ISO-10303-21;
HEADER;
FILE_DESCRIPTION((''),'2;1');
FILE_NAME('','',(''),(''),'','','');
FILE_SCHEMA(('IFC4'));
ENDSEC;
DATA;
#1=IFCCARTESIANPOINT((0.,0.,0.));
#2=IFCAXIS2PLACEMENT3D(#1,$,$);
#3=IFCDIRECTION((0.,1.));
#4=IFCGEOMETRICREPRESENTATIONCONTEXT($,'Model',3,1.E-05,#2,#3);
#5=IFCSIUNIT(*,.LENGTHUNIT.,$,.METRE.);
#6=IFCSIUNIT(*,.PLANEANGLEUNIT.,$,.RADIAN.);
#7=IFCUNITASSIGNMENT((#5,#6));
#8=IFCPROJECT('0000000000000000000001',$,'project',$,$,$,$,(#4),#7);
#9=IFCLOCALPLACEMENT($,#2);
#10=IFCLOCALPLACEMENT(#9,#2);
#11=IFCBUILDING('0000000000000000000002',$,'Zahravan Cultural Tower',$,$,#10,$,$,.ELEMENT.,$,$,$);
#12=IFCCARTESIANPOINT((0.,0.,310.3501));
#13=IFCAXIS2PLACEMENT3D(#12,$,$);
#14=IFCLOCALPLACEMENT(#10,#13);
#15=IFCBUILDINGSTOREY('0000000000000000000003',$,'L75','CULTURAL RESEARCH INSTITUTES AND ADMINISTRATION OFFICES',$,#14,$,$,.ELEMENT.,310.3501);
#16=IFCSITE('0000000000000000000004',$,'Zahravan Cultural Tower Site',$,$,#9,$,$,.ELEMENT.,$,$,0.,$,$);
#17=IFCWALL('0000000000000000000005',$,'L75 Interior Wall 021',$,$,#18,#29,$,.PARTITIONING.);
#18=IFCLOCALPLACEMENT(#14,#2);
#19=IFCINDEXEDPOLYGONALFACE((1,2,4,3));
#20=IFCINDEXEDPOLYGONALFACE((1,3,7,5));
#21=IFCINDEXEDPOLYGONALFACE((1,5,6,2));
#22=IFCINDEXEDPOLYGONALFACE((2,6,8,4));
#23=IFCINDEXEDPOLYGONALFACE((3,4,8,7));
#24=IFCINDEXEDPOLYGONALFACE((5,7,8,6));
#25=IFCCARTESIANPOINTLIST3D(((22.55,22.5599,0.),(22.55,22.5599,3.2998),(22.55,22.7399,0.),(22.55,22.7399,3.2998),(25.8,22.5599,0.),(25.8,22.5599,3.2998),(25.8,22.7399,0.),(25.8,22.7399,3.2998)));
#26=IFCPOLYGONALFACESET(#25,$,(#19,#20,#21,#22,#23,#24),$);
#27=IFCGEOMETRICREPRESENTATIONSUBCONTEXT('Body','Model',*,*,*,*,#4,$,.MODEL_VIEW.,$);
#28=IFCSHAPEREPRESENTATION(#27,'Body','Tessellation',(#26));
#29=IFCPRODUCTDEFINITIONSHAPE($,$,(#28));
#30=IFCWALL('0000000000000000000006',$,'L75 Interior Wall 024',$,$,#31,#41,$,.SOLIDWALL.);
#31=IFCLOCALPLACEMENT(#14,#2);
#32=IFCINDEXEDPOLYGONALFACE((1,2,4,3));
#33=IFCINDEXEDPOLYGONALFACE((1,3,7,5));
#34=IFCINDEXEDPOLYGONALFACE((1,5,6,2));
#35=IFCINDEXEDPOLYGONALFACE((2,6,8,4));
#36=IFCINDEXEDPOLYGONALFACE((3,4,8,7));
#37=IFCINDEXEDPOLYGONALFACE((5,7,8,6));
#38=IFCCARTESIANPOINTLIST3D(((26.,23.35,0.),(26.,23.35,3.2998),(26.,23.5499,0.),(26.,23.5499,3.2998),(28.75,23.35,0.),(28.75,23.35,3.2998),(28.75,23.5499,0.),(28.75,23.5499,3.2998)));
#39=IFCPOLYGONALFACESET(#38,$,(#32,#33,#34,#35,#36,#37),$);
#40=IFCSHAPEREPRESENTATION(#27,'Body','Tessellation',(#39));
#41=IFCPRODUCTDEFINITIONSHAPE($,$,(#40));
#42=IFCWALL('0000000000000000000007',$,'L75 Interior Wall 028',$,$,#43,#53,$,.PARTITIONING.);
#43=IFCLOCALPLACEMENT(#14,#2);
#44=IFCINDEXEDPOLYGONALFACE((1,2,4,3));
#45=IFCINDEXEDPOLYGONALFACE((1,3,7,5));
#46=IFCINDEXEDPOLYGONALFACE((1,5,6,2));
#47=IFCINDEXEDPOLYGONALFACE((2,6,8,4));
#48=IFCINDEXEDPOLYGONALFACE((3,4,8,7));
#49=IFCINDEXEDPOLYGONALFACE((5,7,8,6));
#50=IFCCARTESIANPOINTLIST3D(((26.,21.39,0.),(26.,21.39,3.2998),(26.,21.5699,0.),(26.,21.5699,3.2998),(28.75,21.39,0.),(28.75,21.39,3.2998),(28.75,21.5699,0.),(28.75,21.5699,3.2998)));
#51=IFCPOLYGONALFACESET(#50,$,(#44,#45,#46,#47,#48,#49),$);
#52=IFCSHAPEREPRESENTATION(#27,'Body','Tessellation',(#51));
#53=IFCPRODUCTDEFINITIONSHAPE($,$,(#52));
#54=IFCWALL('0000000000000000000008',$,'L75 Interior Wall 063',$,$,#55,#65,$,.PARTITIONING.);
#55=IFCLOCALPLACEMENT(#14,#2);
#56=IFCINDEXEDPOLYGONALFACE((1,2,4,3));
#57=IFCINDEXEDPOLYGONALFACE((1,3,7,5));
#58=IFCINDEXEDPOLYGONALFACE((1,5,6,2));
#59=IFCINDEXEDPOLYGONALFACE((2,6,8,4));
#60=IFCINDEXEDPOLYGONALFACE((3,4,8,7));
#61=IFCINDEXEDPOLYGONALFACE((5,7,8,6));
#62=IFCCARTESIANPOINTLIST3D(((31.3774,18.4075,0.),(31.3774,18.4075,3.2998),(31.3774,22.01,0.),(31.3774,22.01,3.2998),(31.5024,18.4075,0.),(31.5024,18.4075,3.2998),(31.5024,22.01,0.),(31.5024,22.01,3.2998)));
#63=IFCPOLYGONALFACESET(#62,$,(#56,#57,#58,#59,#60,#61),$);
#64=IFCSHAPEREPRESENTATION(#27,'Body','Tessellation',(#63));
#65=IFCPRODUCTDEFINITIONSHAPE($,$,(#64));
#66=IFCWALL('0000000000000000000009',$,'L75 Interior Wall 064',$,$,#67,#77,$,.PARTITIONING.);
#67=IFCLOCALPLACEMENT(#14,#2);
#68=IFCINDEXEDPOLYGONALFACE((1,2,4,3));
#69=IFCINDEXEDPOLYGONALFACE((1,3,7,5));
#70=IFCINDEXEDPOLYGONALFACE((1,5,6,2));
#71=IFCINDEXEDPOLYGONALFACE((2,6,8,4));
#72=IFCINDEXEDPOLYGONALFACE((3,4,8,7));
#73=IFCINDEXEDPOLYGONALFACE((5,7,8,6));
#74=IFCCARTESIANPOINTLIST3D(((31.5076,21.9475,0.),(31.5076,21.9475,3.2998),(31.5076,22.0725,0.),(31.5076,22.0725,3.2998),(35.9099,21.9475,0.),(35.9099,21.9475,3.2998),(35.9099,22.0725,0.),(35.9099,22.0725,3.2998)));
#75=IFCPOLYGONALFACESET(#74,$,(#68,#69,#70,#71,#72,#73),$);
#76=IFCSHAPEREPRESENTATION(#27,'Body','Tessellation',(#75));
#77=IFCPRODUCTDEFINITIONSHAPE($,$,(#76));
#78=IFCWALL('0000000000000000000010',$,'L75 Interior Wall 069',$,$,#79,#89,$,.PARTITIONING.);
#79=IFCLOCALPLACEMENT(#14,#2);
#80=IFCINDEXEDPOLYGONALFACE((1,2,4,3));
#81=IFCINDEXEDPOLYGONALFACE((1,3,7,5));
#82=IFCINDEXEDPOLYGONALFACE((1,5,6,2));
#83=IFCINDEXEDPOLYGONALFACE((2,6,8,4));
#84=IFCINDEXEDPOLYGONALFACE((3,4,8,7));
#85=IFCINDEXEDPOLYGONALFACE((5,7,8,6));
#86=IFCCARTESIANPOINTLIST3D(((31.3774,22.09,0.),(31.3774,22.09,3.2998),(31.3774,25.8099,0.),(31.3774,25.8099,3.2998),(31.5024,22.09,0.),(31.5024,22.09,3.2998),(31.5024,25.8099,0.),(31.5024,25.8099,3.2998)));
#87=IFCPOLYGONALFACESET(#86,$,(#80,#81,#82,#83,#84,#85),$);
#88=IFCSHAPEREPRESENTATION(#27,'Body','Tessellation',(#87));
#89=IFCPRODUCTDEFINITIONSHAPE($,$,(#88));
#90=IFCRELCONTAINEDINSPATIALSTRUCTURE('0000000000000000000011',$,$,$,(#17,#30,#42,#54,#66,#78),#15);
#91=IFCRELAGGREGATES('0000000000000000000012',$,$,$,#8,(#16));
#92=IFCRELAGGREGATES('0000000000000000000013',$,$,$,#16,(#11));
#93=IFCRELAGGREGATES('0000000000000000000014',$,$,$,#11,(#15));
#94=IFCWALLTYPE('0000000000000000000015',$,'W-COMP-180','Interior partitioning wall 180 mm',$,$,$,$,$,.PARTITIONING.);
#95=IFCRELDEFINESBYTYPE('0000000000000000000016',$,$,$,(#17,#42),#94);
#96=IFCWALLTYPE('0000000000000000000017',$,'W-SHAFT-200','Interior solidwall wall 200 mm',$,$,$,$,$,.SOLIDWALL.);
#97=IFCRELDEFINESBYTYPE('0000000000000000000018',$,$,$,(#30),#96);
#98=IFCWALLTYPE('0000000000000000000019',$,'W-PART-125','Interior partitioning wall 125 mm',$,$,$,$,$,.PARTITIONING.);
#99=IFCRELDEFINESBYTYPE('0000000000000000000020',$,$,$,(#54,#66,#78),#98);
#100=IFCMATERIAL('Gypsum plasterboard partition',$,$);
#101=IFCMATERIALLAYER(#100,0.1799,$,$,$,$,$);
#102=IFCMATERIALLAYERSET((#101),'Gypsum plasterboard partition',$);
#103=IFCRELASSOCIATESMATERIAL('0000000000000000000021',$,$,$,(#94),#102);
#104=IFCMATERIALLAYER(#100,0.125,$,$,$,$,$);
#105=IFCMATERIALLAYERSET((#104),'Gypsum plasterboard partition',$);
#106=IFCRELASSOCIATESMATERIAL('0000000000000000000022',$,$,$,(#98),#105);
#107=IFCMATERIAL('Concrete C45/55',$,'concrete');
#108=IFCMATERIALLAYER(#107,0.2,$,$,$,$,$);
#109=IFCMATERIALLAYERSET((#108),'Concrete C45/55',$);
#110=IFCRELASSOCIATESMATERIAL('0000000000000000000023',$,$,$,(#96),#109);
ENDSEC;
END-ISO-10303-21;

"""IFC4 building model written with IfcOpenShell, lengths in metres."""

from ifc_helpers import new_model, si_unit, direction, frame, frame_2d, origin, place, context, subcontext, project, spatial, rectangle, extrude, source, transform, mapped, material, layer, layer_set, type_object, element, save


model = new_model("IFC4")

# Units and contexts
model_context = context("Model", 3, precision=1e-05, world=origin(), true_north=direction((0.0, 1.0)))
body_context = subcontext(model_context, "Body", "Model", "MODEL_VIEW")
ifc_project = project(units=[si_unit("LENGTHUNIT", "METRE"), si_unit("PLANEANGLEUNIT", "RADIAN")], contexts=[model_context])

# Site, building, storey
site_placement = place(None, origin())
site = spatial("IfcSite", under=ifc_project, at=site_placement, Name="Zahravan Cultural Tower Site", CompositionType="ELEMENT", RefElevation=0.0)
building_placement = place(site_placement, origin())
building = spatial("IfcBuilding", under=site, at=building_placement, Name="Zahravan Cultural Tower", CompositionType="ELEMENT")
storey_placement = place(building_placement, frame((0.0, 0.0, 310.3501)))
storey = spatial("IfcBuildingStorey", under=building, at=storey_placement, Name="L75", Description="CULTURAL RESEARCH INSTITUTES AND ADMINISTRATION OFFICES", CompositionType="ELEMENT", Elevation=310.3501)

# Shared definitions
ifc_material_1 = material(Name="Gypsum plasterboard partition")
ifc_layer_1 = layer(ifc_material_1, 0.1799)
ifc_layer_set_1 = layer_set([ifc_layer_1], Name="Gypsum plasterboard partition")
wall_type_1 = type_object("IfcWallType", Name="W-COMP-180", Description="Interior partitioning wall 180 mm", PredefinedType="PARTITIONING", material=ifc_layer_set_1)
ifc_layer_2 = layer(ifc_material_1, 0.125)
ifc_layer_set_2 = layer_set([ifc_layer_2], Name="Gypsum plasterboard partition")
wall_type_2 = type_object("IfcWallType", Name="W-PART-125", Description="Interior partitioning wall 125 mm", PredefinedType="PARTITIONING", material=ifc_layer_set_2)

# Shared definitions
ifc_material_2 = material(Name="Concrete C45/55", Category="concrete")
ifc_layer_3 = layer(ifc_material_2, 0.2)
ifc_layer_set_3 = layer_set([ifc_layer_3], Name="Concrete C45/55")
wall_type_3 = type_object("IfcWallType", Name="W-SHAFT-200", Description="Interior solidwall wall 200 mm", PredefinedType="SOLIDWALL", material=ifc_layer_set_3)

# Walls
shared_shape_1 = source(origin(), body_context, "Body", "SweptSolid", [
    extrude(rectangle(XDim=3.25, YDim=0.1799, at=frame_2d((1.625, 0.0))), origin(), (0.0, 0.0, 1.0), 3.2998),
])
wall_1_placement = place(storey_placement, frame((22.55, 22.6499, 0.0), z_axis=(0.0, 0.0, 1.0), x_axis=(1.0, 0.0, 0.0)))
element("IfcWall", 1, at=wall_1_placement, inside=storey, type_object=wall_type_1, Name="L75 Interior Wall 021", PredefinedType="PARTITIONING", context=body_context, shape_type="MappedRepresentation", body=[
    mapped(shared_shape_1, transform((0.0, 0.0, 0.0), x_axis=(1.0, 0.0, 0.0), y_axis=(0.0, 1.0, 0.0), z_axis=(0.0, 0.0, 1.0), scale=1.0)),
])
shared_shape_2 = source(origin(), body_context, "Body", "SweptSolid", [
    extrude(rectangle(XDim=2.75, YDim=0.2, at=frame_2d((1.375, 0.0))), origin(), (0.0, 0.0, 1.0), 3.2998),
])
wall_2_placement = place(storey_placement, frame((26.0, 23.45, 0.0), z_axis=(0.0, 0.0, 1.0), x_axis=(1.0, 0.0, 0.0)))
element("IfcWall", 2, at=wall_2_placement, inside=storey, type_object=wall_type_3, Name="L75 Interior Wall 024", PredefinedType="SOLIDWALL", context=body_context, shape_type="MappedRepresentation", body=[
    mapped(shared_shape_2, transform((0.0, 0.0, 0.0), x_axis=(1.0, 0.0, 0.0), y_axis=(0.0, 1.0, 0.0), z_axis=(0.0, 0.0, 1.0), scale=1.0)),
])
shared_shape_3 = source(origin(), body_context, "Body", "SweptSolid", [
    extrude(rectangle(XDim=2.75, YDim=0.1799, at=frame_2d((1.375, 0.0))), origin(), (0.0, 0.0, 1.0), 3.2998),
])
wall_3_placement = place(storey_placement, frame((26.0, 21.48, 0.0), z_axis=(0.0, 0.0, 1.0), x_axis=(1.0, 0.0, 0.0)))
element("IfcWall", 3, at=wall_3_placement, inside=storey, type_object=wall_type_1, Name="L75 Interior Wall 028", PredefinedType="PARTITIONING", context=body_context, shape_type="MappedRepresentation", body=[
    mapped(shared_shape_3, transform((0.0, 0.0, 0.0), x_axis=(1.0, 0.0, 0.0), y_axis=(0.0, 1.0, 0.0), z_axis=(0.0, 0.0, 1.0), scale=1.0)),
])
shared_shape_4 = source(origin(), body_context, "Body", "SweptSolid", [
    extrude(rectangle(XDim=3.6025, YDim=0.125, at=frame_2d((1.8013, 0.0))), origin(), (0.0, 0.0, 1.0), 3.2998),
])
wall_4_placement = place(storey_placement, frame((31.4399, 18.4075, 0.0), z_axis=(0.0, 0.0, 1.0), x_axis=(0.0, 1.0, 0.0)))
element("IfcWall", 4, at=wall_4_placement, inside=storey, type_object=wall_type_2, Name="L75 Interior Wall 063", PredefinedType="PARTITIONING", context=body_context, shape_type="MappedRepresentation", body=[
    mapped(shared_shape_4, transform((0.0, 0.0, 0.0), x_axis=(1.0, 0.0, 0.0), y_axis=(0.0, 1.0, 0.0), z_axis=(0.0, 0.0, 1.0), scale=1.0)),
])
shared_shape_5 = source(origin(), body_context, "Body", "SweptSolid", [
    extrude(rectangle(XDim=4.4023, YDim=0.125, at=frame_2d((2.2012, 0.0))), origin(), (0.0, 0.0, 1.0), 3.2998),
])
wall_5_placement = place(storey_placement, frame((31.5076, 22.01, 0.0), z_axis=(0.0, 0.0, 1.0), x_axis=(1.0, 0.0, 0.0)))
element("IfcWall", 5, at=wall_5_placement, inside=storey, type_object=wall_type_2, Name="L75 Interior Wall 064", PredefinedType="PARTITIONING", context=body_context, shape_type="MappedRepresentation", body=[
    mapped(shared_shape_5, transform((0.0, 0.0, 0.0), x_axis=(1.0, 0.0, 0.0), y_axis=(0.0, 1.0, 0.0), z_axis=(0.0, 0.0, 1.0), scale=1.0)),
])
shared_shape_6 = source(origin(), body_context, "Body", "SweptSolid", [
    extrude(rectangle(XDim=3.72, YDim=0.125, at=frame_2d((1.8599, 0.0))), origin(), (0.0, 0.0, 1.0), 3.2998),
])
wall_6_placement = place(storey_placement, frame((31.4399, 22.0901, 0.0), z_axis=(0.0, 0.0, 1.0), x_axis=(0.0, 1.0, 0.0)))
element("IfcWall", 6, at=wall_6_placement, inside=storey, type_object=wall_type_2, Name="L75 Interior Wall 069", PredefinedType="PARTITIONING", context=body_context, shape_type="MappedRepresentation", body=[
    mapped(shared_shape_6, transform((0.0, 0.0, 0.0), x_axis=(1.0, 0.0, 0.0), y_axis=(0.0, 1.0, 0.0), z_axis=(0.0, 0.0, 1.0), scale=1.0)),
])

save(model, "model.ifc")
